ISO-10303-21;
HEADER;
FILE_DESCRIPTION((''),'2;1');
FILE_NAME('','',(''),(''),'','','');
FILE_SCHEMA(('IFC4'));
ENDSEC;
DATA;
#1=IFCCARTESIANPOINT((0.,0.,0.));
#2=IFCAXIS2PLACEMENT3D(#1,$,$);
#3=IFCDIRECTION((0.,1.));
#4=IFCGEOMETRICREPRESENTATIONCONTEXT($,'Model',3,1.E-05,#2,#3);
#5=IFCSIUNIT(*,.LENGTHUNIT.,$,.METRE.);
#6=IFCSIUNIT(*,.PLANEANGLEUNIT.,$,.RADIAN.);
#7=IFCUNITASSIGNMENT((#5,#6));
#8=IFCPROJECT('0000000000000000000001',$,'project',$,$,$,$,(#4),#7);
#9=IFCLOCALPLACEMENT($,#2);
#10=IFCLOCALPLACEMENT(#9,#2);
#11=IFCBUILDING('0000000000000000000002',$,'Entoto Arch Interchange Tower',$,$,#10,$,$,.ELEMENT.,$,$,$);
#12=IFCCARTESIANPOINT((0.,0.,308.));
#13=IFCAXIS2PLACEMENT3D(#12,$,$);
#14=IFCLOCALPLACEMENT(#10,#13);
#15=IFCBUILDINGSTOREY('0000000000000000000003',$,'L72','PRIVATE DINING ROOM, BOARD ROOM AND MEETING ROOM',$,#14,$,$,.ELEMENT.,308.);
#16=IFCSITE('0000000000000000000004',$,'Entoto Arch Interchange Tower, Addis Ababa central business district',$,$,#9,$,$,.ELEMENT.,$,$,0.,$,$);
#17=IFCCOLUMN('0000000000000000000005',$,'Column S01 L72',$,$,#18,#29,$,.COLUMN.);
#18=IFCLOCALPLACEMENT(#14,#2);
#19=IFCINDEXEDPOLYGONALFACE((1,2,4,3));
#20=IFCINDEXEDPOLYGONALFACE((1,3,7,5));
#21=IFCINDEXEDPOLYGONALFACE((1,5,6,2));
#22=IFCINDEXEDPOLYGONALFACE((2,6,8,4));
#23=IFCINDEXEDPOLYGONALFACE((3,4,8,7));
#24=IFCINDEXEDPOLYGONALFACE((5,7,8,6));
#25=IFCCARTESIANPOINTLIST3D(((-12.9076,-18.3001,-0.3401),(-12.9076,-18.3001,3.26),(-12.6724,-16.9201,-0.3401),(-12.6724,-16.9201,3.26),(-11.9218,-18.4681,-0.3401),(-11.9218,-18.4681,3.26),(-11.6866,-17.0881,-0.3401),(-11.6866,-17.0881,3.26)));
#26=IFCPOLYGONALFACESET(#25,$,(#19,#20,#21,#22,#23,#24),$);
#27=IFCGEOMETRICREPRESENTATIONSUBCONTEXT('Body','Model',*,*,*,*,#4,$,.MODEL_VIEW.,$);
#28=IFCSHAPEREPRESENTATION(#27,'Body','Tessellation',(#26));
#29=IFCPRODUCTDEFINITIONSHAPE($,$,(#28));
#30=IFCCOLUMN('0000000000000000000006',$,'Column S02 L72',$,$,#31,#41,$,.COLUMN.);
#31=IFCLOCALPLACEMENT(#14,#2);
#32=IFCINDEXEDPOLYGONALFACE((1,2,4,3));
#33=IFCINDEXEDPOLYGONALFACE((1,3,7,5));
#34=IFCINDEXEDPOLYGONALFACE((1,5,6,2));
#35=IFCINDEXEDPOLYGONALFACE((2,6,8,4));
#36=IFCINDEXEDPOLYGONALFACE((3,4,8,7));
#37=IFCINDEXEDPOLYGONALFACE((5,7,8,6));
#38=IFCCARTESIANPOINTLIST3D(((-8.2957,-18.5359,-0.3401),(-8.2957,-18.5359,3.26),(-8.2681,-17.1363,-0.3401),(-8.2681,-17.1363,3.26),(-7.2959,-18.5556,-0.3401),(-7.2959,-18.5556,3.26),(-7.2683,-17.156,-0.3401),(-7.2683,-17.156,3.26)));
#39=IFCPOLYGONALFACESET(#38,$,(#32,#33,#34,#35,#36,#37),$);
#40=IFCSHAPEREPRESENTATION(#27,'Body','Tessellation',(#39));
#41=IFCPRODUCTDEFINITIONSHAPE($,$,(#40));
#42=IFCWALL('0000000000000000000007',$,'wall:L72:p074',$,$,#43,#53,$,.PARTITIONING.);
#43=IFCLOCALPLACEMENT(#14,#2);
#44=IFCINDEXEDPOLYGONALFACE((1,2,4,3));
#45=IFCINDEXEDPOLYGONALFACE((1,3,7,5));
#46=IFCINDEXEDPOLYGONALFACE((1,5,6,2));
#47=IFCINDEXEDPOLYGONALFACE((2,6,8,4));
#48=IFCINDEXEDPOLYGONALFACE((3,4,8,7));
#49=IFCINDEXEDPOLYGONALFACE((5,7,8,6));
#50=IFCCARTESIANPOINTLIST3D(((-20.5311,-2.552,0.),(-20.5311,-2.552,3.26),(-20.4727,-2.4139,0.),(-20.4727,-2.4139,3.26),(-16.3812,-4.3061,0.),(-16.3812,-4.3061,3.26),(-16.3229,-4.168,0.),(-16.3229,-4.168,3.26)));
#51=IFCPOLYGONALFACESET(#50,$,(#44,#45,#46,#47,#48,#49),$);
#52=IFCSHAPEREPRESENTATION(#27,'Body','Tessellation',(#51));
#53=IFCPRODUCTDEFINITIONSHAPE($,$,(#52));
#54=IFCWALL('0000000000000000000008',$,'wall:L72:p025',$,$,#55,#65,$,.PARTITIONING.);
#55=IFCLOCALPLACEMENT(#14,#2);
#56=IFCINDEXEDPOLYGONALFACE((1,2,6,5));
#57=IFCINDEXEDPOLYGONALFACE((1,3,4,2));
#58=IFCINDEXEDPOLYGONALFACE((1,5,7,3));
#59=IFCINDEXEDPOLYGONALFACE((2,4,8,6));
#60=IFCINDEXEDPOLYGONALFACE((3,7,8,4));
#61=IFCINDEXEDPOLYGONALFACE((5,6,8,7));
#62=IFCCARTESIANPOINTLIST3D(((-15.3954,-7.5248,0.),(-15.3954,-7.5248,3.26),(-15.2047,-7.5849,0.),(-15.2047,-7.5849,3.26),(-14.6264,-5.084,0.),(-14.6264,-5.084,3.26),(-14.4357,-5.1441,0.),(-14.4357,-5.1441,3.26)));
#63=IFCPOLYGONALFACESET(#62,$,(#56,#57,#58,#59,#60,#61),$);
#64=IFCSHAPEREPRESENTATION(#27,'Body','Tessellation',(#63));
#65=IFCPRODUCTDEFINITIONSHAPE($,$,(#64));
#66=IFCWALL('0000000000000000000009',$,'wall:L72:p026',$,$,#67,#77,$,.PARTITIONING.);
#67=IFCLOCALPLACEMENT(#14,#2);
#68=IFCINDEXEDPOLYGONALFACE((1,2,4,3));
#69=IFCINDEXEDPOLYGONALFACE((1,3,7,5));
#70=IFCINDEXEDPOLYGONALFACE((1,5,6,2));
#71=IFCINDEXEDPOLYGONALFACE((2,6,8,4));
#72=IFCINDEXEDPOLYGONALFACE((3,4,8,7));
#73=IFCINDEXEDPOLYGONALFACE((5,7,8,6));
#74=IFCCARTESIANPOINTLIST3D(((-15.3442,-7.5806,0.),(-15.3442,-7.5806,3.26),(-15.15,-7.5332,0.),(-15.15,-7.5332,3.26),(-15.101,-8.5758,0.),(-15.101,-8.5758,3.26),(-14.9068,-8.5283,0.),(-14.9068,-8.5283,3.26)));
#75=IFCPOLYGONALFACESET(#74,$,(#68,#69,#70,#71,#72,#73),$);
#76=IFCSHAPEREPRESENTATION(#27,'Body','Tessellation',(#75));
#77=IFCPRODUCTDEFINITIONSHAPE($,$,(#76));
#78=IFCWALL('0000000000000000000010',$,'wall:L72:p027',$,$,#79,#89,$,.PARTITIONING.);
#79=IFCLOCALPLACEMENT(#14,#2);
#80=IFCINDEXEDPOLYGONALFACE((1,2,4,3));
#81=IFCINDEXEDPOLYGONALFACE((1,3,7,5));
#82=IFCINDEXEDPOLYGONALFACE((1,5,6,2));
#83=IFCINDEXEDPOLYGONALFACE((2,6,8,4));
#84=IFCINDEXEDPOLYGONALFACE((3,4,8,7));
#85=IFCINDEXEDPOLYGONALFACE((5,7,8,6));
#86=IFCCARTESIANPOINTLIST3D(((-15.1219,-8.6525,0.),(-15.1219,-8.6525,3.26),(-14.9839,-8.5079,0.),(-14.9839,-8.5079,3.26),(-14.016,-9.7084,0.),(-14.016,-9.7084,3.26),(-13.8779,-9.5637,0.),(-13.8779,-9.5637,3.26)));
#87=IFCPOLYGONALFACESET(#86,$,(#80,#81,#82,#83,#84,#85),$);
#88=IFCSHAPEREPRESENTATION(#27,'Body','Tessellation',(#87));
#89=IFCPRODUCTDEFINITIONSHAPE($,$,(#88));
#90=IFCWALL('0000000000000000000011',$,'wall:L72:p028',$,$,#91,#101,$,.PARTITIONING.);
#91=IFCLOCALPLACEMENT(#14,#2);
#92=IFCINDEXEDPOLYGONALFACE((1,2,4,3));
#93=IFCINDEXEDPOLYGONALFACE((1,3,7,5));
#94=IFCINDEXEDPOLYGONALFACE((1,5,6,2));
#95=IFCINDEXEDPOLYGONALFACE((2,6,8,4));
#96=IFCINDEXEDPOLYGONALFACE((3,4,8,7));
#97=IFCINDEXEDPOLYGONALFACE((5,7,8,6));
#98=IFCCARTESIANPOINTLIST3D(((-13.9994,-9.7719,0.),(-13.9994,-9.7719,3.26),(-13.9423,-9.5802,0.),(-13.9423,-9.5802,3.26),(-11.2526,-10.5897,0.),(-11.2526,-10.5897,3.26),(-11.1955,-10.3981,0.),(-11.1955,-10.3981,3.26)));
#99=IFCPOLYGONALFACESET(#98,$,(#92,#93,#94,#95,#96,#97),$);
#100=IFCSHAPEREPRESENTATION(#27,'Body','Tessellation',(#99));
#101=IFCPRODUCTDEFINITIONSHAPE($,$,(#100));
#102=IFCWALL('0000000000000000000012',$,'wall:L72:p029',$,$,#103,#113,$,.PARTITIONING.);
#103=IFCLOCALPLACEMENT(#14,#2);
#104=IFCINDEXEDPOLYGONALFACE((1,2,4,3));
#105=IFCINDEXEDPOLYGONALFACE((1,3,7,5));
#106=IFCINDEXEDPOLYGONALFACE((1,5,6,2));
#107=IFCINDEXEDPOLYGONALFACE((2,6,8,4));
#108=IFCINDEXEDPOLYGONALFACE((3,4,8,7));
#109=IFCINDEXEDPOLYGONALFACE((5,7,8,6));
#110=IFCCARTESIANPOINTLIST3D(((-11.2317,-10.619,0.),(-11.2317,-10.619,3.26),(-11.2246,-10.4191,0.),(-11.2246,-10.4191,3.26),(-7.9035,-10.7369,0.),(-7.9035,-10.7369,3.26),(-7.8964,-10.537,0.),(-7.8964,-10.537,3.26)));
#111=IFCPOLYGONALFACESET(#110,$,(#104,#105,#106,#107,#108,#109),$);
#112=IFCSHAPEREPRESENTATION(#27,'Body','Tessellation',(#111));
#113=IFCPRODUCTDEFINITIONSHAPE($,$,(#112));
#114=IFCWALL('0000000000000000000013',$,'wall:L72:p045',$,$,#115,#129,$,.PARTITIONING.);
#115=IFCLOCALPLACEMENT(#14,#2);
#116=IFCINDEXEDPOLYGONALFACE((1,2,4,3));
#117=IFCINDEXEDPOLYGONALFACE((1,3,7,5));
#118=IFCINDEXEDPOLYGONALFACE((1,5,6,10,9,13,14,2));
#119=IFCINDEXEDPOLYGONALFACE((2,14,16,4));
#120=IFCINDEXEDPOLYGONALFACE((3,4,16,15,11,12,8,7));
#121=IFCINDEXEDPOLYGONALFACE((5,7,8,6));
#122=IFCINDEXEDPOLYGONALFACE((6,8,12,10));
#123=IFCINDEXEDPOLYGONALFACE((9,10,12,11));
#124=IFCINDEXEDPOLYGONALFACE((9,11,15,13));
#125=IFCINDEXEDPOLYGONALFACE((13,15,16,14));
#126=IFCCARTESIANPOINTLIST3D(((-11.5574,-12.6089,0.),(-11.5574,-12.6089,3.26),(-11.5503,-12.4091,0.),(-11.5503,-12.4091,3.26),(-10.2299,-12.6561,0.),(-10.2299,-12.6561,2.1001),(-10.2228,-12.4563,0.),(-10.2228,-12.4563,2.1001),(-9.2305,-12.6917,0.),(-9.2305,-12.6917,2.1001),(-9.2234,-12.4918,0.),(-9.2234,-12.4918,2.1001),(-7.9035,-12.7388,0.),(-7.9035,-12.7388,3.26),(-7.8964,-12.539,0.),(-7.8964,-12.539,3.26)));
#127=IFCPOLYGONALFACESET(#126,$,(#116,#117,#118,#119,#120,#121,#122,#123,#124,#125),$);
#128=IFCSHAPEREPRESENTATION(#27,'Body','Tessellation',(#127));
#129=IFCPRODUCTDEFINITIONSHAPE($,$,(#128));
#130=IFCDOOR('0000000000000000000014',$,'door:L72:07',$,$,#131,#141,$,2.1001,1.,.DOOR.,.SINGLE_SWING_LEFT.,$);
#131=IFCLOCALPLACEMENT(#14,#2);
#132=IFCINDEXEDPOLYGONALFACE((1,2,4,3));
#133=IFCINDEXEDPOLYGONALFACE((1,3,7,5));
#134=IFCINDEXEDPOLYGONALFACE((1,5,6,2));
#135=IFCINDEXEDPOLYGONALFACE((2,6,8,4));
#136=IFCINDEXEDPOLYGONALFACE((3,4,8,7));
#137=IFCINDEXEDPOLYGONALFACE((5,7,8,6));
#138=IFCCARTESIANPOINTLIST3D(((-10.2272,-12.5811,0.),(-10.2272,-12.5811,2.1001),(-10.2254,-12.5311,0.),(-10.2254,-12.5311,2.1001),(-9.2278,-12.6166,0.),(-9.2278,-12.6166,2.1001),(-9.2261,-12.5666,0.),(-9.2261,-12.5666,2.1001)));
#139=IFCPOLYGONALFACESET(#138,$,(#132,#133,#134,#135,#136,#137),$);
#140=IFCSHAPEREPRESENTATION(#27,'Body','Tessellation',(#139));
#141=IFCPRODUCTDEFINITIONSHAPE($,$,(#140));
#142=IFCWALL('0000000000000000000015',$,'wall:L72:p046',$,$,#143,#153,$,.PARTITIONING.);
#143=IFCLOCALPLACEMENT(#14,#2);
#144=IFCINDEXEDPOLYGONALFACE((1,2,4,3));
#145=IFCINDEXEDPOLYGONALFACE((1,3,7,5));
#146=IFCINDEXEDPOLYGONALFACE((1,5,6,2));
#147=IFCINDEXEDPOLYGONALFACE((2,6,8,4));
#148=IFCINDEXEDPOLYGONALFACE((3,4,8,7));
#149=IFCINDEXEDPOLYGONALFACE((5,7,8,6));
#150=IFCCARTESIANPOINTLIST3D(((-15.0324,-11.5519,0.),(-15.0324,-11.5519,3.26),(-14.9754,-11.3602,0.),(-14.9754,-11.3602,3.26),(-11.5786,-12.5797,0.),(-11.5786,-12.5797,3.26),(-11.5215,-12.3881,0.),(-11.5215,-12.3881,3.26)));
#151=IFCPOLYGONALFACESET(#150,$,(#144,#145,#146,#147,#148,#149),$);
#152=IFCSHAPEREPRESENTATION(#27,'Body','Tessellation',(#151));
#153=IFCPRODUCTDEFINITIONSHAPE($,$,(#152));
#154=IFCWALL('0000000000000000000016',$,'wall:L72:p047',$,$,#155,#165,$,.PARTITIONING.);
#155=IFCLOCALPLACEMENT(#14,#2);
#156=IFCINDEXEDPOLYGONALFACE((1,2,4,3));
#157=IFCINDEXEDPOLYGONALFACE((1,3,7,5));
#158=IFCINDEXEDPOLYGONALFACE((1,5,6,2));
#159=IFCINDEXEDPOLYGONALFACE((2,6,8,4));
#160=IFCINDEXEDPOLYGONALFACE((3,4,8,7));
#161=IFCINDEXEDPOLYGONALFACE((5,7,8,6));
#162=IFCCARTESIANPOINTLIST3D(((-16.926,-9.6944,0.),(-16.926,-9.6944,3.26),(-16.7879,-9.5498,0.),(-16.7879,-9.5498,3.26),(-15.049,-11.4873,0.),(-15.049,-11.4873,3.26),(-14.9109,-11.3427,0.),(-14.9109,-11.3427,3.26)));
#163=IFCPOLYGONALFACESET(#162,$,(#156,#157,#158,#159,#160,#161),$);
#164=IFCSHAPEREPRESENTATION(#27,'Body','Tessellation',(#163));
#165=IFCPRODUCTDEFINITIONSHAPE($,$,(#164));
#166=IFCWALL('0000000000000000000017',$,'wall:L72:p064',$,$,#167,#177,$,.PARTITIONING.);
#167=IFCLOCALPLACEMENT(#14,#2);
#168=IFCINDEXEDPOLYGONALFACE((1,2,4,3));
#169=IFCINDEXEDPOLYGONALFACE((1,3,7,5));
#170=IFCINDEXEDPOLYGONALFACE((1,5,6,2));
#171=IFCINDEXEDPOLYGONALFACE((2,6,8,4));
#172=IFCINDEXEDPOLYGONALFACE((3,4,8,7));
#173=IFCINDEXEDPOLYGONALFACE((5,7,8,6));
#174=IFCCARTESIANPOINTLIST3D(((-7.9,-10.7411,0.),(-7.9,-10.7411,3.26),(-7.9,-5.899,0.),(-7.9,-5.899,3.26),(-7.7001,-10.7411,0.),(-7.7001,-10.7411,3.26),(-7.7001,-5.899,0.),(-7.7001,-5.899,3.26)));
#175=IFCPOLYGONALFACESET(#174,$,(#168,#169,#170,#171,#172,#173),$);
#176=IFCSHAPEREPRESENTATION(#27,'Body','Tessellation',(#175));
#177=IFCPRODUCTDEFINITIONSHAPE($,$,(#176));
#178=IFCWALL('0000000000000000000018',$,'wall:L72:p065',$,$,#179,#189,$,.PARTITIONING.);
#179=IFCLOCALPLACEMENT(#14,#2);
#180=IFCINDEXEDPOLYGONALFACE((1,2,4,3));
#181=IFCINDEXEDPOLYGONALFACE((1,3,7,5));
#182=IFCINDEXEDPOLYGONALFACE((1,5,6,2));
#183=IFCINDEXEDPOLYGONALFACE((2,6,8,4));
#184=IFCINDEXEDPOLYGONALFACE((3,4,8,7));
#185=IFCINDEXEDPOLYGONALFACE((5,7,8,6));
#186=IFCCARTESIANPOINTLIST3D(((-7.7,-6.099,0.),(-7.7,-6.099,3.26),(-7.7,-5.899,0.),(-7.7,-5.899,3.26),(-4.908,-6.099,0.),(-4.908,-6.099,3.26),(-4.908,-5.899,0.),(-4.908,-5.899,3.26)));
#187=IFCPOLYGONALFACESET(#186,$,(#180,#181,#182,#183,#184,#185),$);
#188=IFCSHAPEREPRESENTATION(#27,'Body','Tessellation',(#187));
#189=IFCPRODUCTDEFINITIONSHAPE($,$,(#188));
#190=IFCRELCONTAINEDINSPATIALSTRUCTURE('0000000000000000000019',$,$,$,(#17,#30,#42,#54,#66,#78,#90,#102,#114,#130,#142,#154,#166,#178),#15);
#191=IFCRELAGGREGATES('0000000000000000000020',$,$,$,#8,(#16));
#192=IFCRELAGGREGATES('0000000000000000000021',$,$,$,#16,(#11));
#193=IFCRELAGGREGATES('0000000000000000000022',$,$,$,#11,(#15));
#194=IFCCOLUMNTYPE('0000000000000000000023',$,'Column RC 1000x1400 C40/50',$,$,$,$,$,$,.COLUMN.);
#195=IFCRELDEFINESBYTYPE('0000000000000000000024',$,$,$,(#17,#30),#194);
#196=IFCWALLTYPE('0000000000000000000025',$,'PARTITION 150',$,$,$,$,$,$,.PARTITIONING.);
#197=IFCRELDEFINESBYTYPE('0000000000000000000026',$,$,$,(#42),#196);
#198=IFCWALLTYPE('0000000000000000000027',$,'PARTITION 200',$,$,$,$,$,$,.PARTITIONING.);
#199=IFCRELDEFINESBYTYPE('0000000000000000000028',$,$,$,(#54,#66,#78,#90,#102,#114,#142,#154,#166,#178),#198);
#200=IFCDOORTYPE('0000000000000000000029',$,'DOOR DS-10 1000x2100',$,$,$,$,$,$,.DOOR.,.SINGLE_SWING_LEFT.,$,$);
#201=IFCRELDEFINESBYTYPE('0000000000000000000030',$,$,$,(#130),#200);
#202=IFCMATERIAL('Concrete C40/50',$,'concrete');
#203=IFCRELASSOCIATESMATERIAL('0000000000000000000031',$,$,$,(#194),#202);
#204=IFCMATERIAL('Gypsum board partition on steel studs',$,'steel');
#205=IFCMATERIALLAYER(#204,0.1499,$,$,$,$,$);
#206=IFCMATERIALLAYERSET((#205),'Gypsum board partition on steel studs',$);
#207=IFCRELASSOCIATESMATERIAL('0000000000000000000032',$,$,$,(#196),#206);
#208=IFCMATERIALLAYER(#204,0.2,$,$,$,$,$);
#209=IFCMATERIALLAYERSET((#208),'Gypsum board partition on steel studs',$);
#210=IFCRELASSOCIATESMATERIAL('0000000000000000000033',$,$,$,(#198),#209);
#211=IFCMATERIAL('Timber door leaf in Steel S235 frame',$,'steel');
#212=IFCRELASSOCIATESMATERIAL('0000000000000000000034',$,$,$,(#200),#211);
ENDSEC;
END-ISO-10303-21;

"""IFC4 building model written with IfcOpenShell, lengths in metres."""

from ifc_helpers import new_model, si_unit, direction, frame, frame_2d, origin, origin_2d, place, context, subcontext, project, spatial, rectangle, extrude, material, layer, layer_set, material_profile, profile_set, type_object, element, fill, save


model = new_model("IFC4")

# Units and contexts
model_context = context("Model", 3, precision=1e-05, world=origin(), true_north=direction((0.0, 1.0)))
body_context = subcontext(model_context, "Body", "Model", "MODEL_VIEW")
ifc_project = project(units=[si_unit("LENGTHUNIT", "METRE"), si_unit("PLANEANGLEUNIT", "RADIAN")], contexts=[model_context])

# Site, building, storey
site_placement = place(None, origin())
site = spatial("IfcSite", under=ifc_project, at=site_placement, Name="Entoto Arch Interchange Tower, Addis Ababa central business district", CompositionType="ELEMENT", RefElevation=0.0)
building_placement = place(site_placement, origin())
building = spatial("IfcBuilding", under=site, at=building_placement, Name="Entoto Arch Interchange Tower", CompositionType="ELEMENT")
storey_placement = place(building_placement, frame((0.0, 0.0, 308.0)))
storey = spatial("IfcBuildingStorey", under=building, at=storey_placement, Name="L72", Description="PRIVATE DINING ROOM, BOARD ROOM AND MEETING ROOM", CompositionType="ELEMENT", Elevation=308.0)

# Columns
ifc_material_1 = material(Name="Concrete C40/50", Category="concrete")
ifc_material_profile = material_profile(ifc_material_1, rectangle(XDim=1.0, YDim=1.3999, at=origin_2d()))
ifc_profile_set = profile_set([ifc_material_profile], Name="Concrete C40/50")
column_type = type_object("IfcColumnType", Name="Column RC 1000x1400 C40/50", PredefinedType="COLUMN", material=ifc_profile_set)
for number, where, z_axis, x_axis, name in (
    (1, (-12.2971, -17.6941, -0.3401), (0.0, 0.0, 1.0), (-0.985786, 0.168008, 0.0), "Column S01 L72"),
    (2, (-7.782, -17.8459, -0.3401), (0.0, 0.0, 1.0), (-0.999806, 0.019721, 0.0), "Column S02 L72"),
):
    element("IfcColumn", number, at=place(storey_placement, frame(where, z_axis=z_axis, x_axis=x_axis)), inside=storey, type_object=column_type, Name=name, PredefinedType="COLUMN", context=body_context, shape_type="SweptSolid", body=[
        extrude(rectangle(XDim=1.0, YDim=1.3999, at=origin_2d()), origin(), (0.0, 0.0, 1.0), 3.6001),
    ])

# Walls
ifc_material_2 = material(Name="Gypsum board partition on steel studs", Category="steel")
ifc_layer_1 = layer(ifc_material_2, 0.1499)
ifc_layer_set_1 = layer_set([ifc_layer_1], Name="Gypsum board partition on steel studs")
wall_type_1 = type_object("IfcWallType", Name="PARTITION 150", PredefinedType="PARTITIONING", material=ifc_layer_set_1)
wall_1_placement = place(storey_placement, frame((-16.3521, -4.2371, 0.0), z_axis=(0.0, 0.0, 1.0), x_axis=(-0.921093, 0.389343, 0.0)))
element("IfcWall", 3, at=wall_1_placement, inside=storey, type_object=wall_type_1, Name="wall:L72:p074", PredefinedType="PARTITIONING", context=body_context, shape_type="SweptSolid", body=[
    extrude(rectangle(XDim=4.5054, YDim=0.1499, at=frame_2d((2.2527, 0.0))), origin(), (0.0, 0.0, 1.0), 3.26),
])
ifc_layer_2 = layer(ifc_material_2, 0.2)
ifc_layer_set_2 = layer_set([ifc_layer_2], Name="Gypsum board partition on steel studs")
wall_type_2 = type_object("IfcWallType", Name="PARTITION 200", PredefinedType="PARTITIONING", material=ifc_layer_set_2)
wall_2_placement = place(storey_placement, frame((-14.531, -5.114, 0.0), z_axis=(0.0, 0.0, 1.0), x_axis=(-0.300501, -0.953781, 0.0)))
element("IfcWall", 4, at=wall_2_placement, inside=storey, type_object=wall_type_2, Name="wall:L72:p025", PredefinedType="PARTITIONING", context=body_context, shape_type="SweptSolid", body=[
    extrude(rectangle(XDim=2.5591, YDim=0.2, at=frame_2d((1.2795, 0.0))), origin(), (0.0, 0.0, 1.0), 3.26),
])
wall_3_placement = place(storey_placement, frame((-15.2471, -7.5569, 0.0), z_axis=(0.0, 0.0, 1.0), x_axis=(0.237373, -0.971419, 0.0)))
element("IfcWall", 5, at=wall_3_placement, inside=storey, type_object=wall_type_2, Name="wall:L72:p026", PredefinedType="PARTITIONING", context=body_context, shape_type="SweptSolid", body=[
    extrude(rectangle(XDim=1.0244, YDim=0.2, at=frame_2d((0.5122, 0.0))), origin(), (0.0, 0.0, 1.0), 3.26),
])
wall_4_placement = place(storey_placement, frame((-15.053, -8.5801, 0.0), z_axis=(0.0, 0.0, 1.0), x_axis=(0.723283, -0.690552, 0.0)))
element("IfcWall", 6, at=wall_4_placement, inside=storey, type_object=wall_type_2, Name="wall:L72:p027", PredefinedType="PARTITIONING", context=body_context, shape_type="SweptSolid", body=[
    extrude(rectangle(XDim=1.5291, YDim=0.2, at=frame_2d((0.7646, 0.0))), origin(), (0.0, 0.0, 1.0), 3.26),
])
wall_5_placement = place(storey_placement, frame((-13.9709, -9.676, 0.0), z_axis=(0.0, 0.0, 1.0), x_axis=(0.958417, -0.28537, 0.0)))
element("IfcWall", 7, at=wall_5_placement, inside=storey, type_object=wall_type_2, Name="wall:L72:p028", PredefinedType="PARTITIONING", context=body_context, shape_type="SweptSolid", body=[
    extrude(rectangle(XDim=2.866, YDim=0.2, at=frame_2d((1.4331, 0.0))), origin(), (0.0, 0.0, 1.0), 3.26),
])
wall_6_placement = place(storey_placement, frame((-11.228, -10.519, 0.0), z_axis=(0.0, 0.0, 1.0), x_axis=(0.999373, -0.035409, 0.0)))
element("IfcWall", 8, at=wall_6_placement, inside=storey, type_object=wall_type_2, Name="wall:L72:p029", PredefinedType="PARTITIONING", context=body_context, shape_type="SweptSolid", body=[
    extrude(rectangle(XDim=3.3303, YDim=0.2, at=frame_2d((1.665, 0.0))), origin(), (0.0, 0.0, 1.0), 3.26),
])

# Wall, opening, door
wall_7_placement = place(storey_placement, frame((-7.8999, -12.6389, 0.0), z_axis=(0.0, 0.0, 1.0), x_axis=(-0.999369, 0.035522, 0.0)))
wall_7 = element("IfcWall", 9, at=wall_7_placement, inside=storey, type_object=wall_type_2, Name="wall:L72:p045", PredefinedType="PARTITIONING", context=body_context, shape_type="SweptSolid", body=[
    extrude(rectangle(XDim=3.6562, YDim=0.2, at=frame_2d((1.8281, 0.0))), origin(), (0.0, 0.0, 1.0), 3.26),
])
opening_1_placement = place(wall_7_placement, frame((1.3279, 0.0, 0.0)))
opening_1 = element("IfcOpeningElement", 10, at=opening_1_placement, cuts=wall_7, PredefinedType="OPENING", context=body_context, shape_type="SweptSolid", body=[
    extrude(rectangle(XDim=1.0, YDim=2.1001, at=frame_2d((0.5, 1.05))), frame((0.0, 0.1099, 0.0), z_axis=(0.0, -1.0, 0.0), x_axis=(1.0, 0.0, 0.0)), (0.0, 0.0, 1.0), 0.22),
])
ifc_material_3 = material(Name="Timber door leaf in Steel S235 frame", Category="steel")
door_type = type_object("IfcDoorType", Name="DOOR DS-10 1000x2100", OperationType="SINGLE_SWING_LEFT", PredefinedType="DOOR", material=ifc_material_3)
door_placement = place(opening_1_placement, origin())
door = element("IfcDoor", 11, at=door_placement, inside=storey, type_object=door_type, Name="door:L72:07", OperationType="SINGLE_SWING_LEFT", OverallHeight=2.1001, OverallWidth=1.0, PredefinedType="DOOR", context=body_context, shape_type="SweptSolid", body=[
    extrude(rectangle(XDim=1.0, YDim=2.1001, at=frame_2d((0.5, 1.05))), frame((0.0, 0.0249, 0.0), z_axis=(0.0, -1.0, 0.0), x_axis=(1.0, 0.0, 0.0)), (0.0, 0.0, 1.0), 0.05),
])
fill(opening_1, door)

# Walls
wall_8_placement = place(storey_placement, frame((-11.55, -12.4839, 0.0), z_axis=(0.0, 0.0, 1.0), x_axis=(-0.95846, 0.285228, 0.0)))
element("IfcWall", 12, at=wall_8_placement, inside=storey, type_object=wall_type_2, Name="wall:L72:p046", PredefinedType="PARTITIONING", context=body_context, shape_type="SweptSolid", body=[
    extrude(rectangle(XDim=3.6035, YDim=0.2, at=frame_2d((1.8018, 0.0))), origin(), (0.0, 0.0, 1.0), 3.26),
])
wall_9_placement = place(storey_placement, frame((-14.98, -11.415, 0.0), z_axis=(0.0, 0.0, 1.0), x_axis=(-0.723099, 0.690744, 0.0)))
element("IfcWall", 13, at=wall_9_placement, inside=storey, type_object=wall_type_2, Name="wall:L72:p047", PredefinedType="PARTITIONING", context=body_context, shape_type="SweptSolid", body=[
    extrude(rectangle(XDim=2.5957, YDim=0.2, at=frame_2d((1.2979, 0.0))), origin(), (0.0, 0.0, 1.0), 3.26),
])
wall_10_placement = place(storey_placement, frame((-7.8, -10.741, 0.0), z_axis=(0.0, 0.0, 1.0), x_axis=(0.0, 1.0, 0.0)))
element("IfcWall", 14, at=wall_10_placement, inside=storey, type_object=wall_type_2, Name="wall:L72:p064", PredefinedType="PARTITIONING", context=body_context, shape_type="SweptSolid", body=[
    extrude(rectangle(XDim=4.842, YDim=0.2, at=frame_2d((2.4209, 0.0))), origin(), (0.0, 0.0, 1.0), 3.26),
])
wall_11_placement = place(storey_placement, frame((-7.7, -5.999, 0.0), z_axis=(0.0, 0.0, 1.0), x_axis=(1.0, 0.0, 0.0)))
element("IfcWall", 15, at=wall_11_placement, inside=storey, type_object=wall_type_2, Name="wall:L72:p065", PredefinedType="PARTITIONING", context=body_context, shape_type="SweptSolid", body=[
    extrude(rectangle(XDim=2.792, YDim=0.2, at=frame_2d((1.396, 0.0))), origin(), (0.0, 0.0, 1.0), 3.26),
])

save(model, "model.ifc")
